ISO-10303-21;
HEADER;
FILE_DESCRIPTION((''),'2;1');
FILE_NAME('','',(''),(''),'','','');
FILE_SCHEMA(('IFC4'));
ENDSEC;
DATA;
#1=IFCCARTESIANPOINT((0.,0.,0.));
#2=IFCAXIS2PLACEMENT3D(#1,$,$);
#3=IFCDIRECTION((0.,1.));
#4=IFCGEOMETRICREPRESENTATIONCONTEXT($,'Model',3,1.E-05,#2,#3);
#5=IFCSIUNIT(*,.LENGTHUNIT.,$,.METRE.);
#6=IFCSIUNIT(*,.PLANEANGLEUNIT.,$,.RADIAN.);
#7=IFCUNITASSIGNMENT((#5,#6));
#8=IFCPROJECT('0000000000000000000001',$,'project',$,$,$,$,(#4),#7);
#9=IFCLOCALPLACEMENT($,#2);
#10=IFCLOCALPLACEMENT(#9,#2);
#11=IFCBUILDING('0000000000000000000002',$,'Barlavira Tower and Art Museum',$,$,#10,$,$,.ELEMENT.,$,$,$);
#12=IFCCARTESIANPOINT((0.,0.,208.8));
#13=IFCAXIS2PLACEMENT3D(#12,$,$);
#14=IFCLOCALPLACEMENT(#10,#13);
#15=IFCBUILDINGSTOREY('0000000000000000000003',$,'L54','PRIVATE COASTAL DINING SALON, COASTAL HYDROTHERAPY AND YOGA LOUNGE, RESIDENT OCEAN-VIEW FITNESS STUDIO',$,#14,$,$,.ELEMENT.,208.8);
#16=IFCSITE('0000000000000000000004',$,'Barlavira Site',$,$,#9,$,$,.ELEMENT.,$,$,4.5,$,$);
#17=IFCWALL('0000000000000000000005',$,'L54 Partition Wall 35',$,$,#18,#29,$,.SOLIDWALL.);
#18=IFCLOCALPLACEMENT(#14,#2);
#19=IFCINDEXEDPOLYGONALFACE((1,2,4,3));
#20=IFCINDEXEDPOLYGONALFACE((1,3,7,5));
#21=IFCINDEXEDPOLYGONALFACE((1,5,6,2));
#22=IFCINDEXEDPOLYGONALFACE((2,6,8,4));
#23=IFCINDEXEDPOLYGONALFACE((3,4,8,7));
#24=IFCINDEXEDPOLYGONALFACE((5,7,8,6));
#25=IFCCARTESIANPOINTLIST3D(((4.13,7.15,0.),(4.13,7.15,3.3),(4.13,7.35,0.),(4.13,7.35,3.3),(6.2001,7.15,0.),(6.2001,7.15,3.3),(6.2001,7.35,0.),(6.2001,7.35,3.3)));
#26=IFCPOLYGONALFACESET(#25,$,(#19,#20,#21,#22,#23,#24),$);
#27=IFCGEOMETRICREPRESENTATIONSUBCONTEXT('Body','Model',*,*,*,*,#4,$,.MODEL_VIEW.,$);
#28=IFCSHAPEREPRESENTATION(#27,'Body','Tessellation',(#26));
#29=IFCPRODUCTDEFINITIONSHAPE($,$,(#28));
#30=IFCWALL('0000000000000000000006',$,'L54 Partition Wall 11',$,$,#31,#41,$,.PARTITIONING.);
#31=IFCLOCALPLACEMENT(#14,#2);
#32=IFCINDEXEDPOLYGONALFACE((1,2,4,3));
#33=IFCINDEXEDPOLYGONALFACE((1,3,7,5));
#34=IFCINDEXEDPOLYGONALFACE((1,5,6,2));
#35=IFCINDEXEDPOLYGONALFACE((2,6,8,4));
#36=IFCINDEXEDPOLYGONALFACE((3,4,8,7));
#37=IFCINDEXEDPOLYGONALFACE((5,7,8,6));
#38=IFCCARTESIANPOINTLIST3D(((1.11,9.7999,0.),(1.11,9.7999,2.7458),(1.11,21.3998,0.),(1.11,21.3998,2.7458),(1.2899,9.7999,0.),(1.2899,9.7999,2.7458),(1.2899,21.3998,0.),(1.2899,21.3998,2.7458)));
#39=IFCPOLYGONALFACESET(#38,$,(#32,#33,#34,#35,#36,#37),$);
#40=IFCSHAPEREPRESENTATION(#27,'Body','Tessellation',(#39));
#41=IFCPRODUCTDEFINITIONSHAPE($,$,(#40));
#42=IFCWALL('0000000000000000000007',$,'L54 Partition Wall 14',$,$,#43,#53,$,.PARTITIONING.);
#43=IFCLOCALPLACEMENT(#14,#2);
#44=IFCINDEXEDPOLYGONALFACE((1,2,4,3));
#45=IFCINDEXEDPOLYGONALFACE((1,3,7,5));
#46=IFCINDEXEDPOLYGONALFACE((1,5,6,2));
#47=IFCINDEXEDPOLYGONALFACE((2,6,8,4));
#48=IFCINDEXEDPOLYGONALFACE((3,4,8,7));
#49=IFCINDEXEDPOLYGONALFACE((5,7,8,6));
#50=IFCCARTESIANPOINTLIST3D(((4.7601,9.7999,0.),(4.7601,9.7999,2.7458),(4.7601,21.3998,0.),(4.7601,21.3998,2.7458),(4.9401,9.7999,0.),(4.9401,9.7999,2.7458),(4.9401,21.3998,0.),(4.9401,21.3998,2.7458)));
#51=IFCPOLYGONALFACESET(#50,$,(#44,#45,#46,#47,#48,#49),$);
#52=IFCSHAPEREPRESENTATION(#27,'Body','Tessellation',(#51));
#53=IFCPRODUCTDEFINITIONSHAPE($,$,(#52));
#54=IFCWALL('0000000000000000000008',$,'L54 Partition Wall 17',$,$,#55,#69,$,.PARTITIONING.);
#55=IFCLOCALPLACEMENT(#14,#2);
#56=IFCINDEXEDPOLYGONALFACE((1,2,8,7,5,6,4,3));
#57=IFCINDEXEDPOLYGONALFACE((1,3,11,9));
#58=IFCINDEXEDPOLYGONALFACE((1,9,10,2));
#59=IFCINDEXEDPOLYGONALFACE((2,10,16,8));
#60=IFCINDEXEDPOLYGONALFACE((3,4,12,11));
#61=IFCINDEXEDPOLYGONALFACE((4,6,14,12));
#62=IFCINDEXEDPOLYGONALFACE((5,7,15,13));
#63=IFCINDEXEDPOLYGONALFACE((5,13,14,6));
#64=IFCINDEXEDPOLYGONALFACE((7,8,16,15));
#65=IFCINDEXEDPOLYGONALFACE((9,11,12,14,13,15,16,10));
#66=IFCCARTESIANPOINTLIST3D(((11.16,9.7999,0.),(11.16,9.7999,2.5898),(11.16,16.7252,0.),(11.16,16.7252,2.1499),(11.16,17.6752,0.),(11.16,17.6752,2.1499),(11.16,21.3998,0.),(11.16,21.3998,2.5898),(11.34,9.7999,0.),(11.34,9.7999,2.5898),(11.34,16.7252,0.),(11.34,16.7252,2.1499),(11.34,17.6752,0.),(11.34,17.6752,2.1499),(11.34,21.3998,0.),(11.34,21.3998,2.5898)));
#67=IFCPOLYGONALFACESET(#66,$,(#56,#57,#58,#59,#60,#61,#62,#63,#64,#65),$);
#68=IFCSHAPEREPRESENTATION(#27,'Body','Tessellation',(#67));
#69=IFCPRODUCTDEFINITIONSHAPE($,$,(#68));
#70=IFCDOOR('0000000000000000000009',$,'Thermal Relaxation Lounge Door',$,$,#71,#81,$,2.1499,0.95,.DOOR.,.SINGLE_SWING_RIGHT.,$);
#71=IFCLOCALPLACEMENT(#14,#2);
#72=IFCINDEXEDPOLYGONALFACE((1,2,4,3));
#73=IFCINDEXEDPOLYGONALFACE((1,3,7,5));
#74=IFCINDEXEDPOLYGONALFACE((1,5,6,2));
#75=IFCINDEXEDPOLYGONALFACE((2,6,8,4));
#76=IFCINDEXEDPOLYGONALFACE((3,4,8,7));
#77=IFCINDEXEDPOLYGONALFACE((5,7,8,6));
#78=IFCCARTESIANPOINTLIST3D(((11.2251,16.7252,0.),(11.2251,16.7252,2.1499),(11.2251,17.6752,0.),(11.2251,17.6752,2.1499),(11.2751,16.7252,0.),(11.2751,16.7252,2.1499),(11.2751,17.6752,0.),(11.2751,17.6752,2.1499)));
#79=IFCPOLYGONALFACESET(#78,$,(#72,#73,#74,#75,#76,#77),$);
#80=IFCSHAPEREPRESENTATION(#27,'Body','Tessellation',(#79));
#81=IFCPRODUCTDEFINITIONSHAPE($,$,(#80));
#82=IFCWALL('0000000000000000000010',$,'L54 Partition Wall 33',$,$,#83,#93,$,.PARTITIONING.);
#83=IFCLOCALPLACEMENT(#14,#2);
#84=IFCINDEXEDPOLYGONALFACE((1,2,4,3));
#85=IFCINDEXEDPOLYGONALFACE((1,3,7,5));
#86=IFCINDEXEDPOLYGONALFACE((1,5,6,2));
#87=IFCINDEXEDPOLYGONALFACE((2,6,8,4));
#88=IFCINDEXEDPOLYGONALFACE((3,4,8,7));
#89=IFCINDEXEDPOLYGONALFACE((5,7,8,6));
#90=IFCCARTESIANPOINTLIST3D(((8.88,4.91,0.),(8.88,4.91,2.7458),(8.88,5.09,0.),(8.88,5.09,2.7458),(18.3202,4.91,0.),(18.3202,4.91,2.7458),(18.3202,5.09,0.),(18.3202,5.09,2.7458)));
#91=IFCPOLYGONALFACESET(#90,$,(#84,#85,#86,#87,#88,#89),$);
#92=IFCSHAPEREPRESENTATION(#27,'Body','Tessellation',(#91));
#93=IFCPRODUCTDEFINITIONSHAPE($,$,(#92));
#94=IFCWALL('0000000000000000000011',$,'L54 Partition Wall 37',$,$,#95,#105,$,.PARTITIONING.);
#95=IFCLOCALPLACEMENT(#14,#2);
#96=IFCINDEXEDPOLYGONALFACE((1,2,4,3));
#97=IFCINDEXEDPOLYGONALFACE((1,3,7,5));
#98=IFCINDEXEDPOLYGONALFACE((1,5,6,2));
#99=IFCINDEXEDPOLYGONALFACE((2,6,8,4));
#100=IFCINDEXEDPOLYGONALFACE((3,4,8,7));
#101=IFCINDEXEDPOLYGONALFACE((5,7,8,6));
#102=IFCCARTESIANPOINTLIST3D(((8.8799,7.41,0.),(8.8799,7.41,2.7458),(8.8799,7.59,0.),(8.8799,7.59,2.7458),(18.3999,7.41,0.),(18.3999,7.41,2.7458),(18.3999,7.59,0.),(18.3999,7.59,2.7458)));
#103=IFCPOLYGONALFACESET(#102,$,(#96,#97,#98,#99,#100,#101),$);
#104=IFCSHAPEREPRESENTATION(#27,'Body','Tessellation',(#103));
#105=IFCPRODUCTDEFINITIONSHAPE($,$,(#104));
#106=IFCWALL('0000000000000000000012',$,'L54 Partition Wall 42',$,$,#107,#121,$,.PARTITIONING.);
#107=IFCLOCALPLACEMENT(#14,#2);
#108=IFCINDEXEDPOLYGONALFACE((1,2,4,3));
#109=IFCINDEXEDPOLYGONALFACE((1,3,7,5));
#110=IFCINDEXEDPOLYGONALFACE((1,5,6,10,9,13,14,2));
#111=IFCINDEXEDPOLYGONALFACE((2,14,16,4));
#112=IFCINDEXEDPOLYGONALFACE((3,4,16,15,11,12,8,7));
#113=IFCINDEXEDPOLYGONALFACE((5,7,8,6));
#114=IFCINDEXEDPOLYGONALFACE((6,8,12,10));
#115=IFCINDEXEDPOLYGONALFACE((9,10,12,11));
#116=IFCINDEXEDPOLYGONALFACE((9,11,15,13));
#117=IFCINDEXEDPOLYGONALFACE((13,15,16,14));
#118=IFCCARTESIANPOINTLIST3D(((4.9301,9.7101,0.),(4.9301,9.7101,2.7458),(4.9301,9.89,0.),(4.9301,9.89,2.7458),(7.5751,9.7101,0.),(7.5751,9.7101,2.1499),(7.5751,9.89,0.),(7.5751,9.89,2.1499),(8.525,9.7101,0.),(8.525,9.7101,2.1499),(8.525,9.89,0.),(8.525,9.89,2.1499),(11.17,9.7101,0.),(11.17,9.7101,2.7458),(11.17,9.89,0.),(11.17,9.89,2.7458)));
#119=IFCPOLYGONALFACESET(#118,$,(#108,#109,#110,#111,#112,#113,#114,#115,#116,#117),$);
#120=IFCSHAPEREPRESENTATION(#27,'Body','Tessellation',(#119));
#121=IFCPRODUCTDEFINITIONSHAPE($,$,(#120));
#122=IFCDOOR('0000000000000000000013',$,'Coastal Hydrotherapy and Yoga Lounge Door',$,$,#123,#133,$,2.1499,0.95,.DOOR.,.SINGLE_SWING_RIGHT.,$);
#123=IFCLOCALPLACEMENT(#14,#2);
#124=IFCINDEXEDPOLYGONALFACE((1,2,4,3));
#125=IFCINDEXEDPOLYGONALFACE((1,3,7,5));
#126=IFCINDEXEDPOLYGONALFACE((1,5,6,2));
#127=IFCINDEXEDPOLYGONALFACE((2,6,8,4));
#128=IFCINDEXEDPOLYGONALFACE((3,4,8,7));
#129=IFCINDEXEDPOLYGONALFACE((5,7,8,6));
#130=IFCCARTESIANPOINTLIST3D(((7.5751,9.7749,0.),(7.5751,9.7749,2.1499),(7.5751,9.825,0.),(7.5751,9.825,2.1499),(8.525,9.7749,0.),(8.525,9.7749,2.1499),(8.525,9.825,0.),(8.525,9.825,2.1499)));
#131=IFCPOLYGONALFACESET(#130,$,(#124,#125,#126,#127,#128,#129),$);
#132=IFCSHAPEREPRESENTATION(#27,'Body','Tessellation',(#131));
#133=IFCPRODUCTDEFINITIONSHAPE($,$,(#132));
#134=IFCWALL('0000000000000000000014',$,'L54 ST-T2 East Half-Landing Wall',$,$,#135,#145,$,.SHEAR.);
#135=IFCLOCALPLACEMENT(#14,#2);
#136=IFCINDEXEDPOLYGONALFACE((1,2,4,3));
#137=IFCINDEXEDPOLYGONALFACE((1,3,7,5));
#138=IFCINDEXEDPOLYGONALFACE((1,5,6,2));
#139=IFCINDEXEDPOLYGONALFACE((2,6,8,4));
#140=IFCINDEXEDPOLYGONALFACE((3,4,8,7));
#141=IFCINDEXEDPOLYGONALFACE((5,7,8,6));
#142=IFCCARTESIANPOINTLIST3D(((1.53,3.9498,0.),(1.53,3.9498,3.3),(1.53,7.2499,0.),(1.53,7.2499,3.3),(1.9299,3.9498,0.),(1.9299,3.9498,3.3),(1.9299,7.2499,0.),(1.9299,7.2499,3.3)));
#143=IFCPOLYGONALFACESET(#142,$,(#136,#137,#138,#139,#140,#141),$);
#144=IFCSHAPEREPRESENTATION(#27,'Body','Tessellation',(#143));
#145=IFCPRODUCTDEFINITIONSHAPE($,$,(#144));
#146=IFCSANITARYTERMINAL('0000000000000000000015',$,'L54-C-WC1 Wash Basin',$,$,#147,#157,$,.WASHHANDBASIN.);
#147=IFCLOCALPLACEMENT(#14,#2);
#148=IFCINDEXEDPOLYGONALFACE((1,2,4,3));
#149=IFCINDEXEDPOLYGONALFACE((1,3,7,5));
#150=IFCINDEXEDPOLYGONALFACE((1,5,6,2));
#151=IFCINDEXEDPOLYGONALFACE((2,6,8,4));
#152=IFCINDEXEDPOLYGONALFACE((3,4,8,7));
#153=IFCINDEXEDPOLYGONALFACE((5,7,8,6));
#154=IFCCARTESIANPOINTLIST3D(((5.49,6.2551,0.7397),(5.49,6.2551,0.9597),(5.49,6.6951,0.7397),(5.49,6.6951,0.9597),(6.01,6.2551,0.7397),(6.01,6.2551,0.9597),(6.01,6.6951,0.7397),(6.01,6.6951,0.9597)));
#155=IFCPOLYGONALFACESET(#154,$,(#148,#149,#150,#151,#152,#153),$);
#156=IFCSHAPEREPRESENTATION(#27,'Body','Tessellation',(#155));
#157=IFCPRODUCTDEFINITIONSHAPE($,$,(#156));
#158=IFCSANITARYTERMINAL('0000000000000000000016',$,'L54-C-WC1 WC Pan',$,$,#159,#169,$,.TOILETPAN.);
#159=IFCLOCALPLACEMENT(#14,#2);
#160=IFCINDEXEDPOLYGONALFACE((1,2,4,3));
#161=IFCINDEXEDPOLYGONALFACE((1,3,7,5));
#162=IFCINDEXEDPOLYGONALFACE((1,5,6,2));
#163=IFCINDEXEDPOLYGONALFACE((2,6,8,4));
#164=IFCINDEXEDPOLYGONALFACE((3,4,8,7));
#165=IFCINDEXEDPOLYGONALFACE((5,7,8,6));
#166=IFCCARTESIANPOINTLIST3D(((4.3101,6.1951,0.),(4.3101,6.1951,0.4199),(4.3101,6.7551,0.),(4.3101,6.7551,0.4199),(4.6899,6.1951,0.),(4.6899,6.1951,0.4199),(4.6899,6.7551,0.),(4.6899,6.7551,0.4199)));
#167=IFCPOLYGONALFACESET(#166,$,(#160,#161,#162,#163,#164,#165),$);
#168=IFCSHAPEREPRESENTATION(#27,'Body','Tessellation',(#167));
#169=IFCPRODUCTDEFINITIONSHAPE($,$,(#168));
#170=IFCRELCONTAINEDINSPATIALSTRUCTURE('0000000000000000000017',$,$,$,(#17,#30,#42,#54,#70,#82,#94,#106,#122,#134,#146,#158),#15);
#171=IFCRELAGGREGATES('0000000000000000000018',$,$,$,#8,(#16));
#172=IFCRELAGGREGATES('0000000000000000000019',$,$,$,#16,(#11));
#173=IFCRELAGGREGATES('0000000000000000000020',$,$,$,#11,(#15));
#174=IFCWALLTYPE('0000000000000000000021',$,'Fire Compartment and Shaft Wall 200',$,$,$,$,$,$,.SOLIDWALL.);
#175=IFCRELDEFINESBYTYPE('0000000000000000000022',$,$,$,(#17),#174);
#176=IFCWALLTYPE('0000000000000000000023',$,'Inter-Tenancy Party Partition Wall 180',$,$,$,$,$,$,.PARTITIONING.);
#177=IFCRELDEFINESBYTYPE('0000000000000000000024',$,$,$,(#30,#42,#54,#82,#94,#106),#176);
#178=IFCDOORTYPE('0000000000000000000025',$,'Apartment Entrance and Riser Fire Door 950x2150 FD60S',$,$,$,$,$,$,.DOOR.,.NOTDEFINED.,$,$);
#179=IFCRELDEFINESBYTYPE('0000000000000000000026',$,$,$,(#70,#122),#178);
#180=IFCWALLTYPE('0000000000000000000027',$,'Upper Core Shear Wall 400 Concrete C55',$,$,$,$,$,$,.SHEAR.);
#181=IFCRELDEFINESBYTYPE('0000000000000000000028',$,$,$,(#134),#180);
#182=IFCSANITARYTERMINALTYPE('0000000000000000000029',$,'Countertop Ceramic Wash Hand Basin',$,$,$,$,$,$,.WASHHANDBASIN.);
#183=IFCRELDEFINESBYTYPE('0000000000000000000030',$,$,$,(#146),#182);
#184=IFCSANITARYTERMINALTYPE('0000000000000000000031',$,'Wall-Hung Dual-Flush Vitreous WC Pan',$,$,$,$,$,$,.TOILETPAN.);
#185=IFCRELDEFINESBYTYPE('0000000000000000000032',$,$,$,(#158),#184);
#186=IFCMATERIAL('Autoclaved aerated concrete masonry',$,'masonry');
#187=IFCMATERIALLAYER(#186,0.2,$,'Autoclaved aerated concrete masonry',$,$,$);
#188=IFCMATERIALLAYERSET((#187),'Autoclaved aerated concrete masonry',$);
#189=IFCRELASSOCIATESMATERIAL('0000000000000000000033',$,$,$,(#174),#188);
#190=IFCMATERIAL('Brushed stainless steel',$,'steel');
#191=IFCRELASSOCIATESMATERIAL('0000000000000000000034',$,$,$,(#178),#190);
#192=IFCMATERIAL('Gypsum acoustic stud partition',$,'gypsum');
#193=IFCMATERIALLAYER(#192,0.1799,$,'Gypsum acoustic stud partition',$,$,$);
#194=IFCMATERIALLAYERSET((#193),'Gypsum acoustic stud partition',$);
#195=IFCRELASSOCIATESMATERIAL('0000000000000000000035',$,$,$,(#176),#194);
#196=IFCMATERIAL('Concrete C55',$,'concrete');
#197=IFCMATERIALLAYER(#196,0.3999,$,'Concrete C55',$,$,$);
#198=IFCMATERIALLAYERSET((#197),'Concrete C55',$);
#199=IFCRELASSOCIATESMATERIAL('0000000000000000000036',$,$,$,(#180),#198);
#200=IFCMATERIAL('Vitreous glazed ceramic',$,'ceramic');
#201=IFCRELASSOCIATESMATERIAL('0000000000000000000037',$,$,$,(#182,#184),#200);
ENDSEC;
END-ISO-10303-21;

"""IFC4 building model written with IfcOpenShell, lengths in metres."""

from ifc_helpers import new_model, si_unit, direction, frame, frame_2d, origin, origin_2d, place, context, subcontext, project, spatial, rectangle, extrude, material, layer, layer_set, type_object, element, fill, save


model = new_model("IFC4")

# Units and contexts
model_context = context("Model", 3, precision=1e-05, world=origin(), true_north=direction((0.0, 1.0)))
body_context = subcontext(model_context, "Body", "Model", "MODEL_VIEW")
ifc_project = project(units=[si_unit("LENGTHUNIT", "METRE"), si_unit("PLANEANGLEUNIT", "RADIAN")], contexts=[model_context])

# Site, building, storey
site_placement = place(None, origin())
site = spatial("IfcSite", under=ifc_project, at=site_placement, Name="Barlavira Site", CompositionType="ELEMENT", RefElevation=4.5)
building_placement = place(site_placement, origin())
building = spatial("IfcBuilding", under=site, at=building_placement, Name="Barlavira Tower and Art Museum", CompositionType="ELEMENT")
storey_placement = place(building_placement, frame((0.0, 0.0, 208.8)))
storey = spatial("IfcBuildingStorey", under=building, at=storey_placement, Name="L54", Description="PRIVATE COASTAL DINING SALON, COASTAL HYDROTHERAPY AND YOGA LOUNGE, RESIDENT OCEAN-VIEW FITNESS STUDIO", CompositionType="ELEMENT", Elevation=208.8)

# Shared definitions
ifc_material_1 = material(Name="Autoclaved aerated concrete masonry", Category="masonry")
ifc_layer_1 = layer(ifc_material_1, 0.2, Name="Autoclaved aerated concrete masonry")
ifc_layer_set_1 = layer_set([ifc_layer_1], Name="Autoclaved aerated concrete masonry")
wall_type_1 = type_object("IfcWallType", Name="Fire Compartment and Shaft Wall 200", PredefinedType="SOLIDWALL", material=ifc_layer_set_1)

# Shared definitions
ifc_material_2 = material(Name="Brushed stainless steel", Category="steel")
door_type = type_object("IfcDoorType", Name="Apartment Entrance and Riser Fire Door 950x2150 FD60S", OperationType="NOTDEFINED", PredefinedType="DOOR", material=ifc_material_2)

# Walls
for number, where, z_axis, x_axis, name in (
    (1, (4.1299, 7.25, 0.0), (0.0, 0.0, 1.0), (1.0, 0.0, 0.0), "L54 Partition Wall 35"),
):
    element("IfcWall", number, at=place(storey_placement, frame(where, z_axis=z_axis, x_axis=x_axis)), inside=storey, type_object=wall_type_1, Name=name, PredefinedType="SOLIDWALL", context=body_context, shape_type="SweptSolid", body=[
        extrude(rectangle(XDim=2.0701, YDim=0.2, at=frame_2d((1.0352, 0.0))), origin(), (0.0, 0.0, 1.0), 3.3),
    ])
ifc_material_3 = material(Name="Gypsum acoustic stud partition", Category="gypsum")
ifc_layer_2 = layer(ifc_material_3, 0.1799, Name="Gypsum acoustic stud partition")
ifc_layer_set_2 = layer_set([ifc_layer_2], Name="Gypsum acoustic stud partition")
wall_type_2 = type_object("IfcWallType", Name="Inter-Tenancy Party Partition Wall 180", PredefinedType="PARTITIONING", material=ifc_layer_set_2)
for number, where, z_axis, x_axis, name in (
    (2, (1.2, 9.8, 0.0), (0.0, 0.0, 1.0), (0.0, 1.0, 0.0), "L54 Partition Wall 11"),
    (3, (4.8501, 9.8, 0.0), (0.0, 0.0, 1.0), (0.0, 1.0, 0.0), "L54 Partition Wall 14"),
):
    element("IfcWall", number, at=place(storey_placement, frame(where, z_axis=z_axis, x_axis=x_axis)), inside=storey, type_object=wall_type_2, Name=name, PredefinedType="PARTITIONING", context=body_context, shape_type="SweptSolid", body=[
        extrude(rectangle(XDim=11.5999, YDim=0.1799, at=frame_2d((5.7998, 0.0))), origin(), (0.0, 0.0, 1.0), 2.7458),
    ])

# Wall, opening, door
wall_1_placement = place(storey_placement, frame((11.25, 9.8, 0.0), z_axis=(0.0, 0.0, 1.0), x_axis=(0.0, 1.0, 0.0)))
wall_1 = element("IfcWall", 4, at=wall_1_placement, inside=storey, type_object=wall_type_2, Name="L54 Partition Wall 17", PredefinedType="PARTITIONING", context=body_context, shape_type="SweptSolid", body=[
    extrude(rectangle(XDim=11.5999, YDim=0.1799, at=frame_2d((5.7998, 0.0))), origin(), (0.0, 0.0, 1.0), 2.5898),
])
opening_1_placement = place(wall_1_placement, frame((6.925, 0.0, 0.0)))
opening_1 = element("IfcOpeningElement", 5, at=opening_1_placement, cuts=wall_1, PredefinedType="OPENING", context=body_context, shape_type="SweptSolid", body=[
    extrude(rectangle(XDim=0.95, YDim=2.1499, at=frame_2d((0.4751, 1.075))), frame((0.0, 0.1001, 0.0), z_axis=(0.0, -1.0, 0.0), x_axis=(1.0, 0.0, 0.0)), (0.0, 0.0, 1.0), 0.2),
])
door_1_placement = place(opening_1_placement, origin())
door_1 = element("IfcDoor", 6, at=door_1_placement, inside=storey, type_object=door_type, Name="Thermal Relaxation Lounge Door", OperationType="SINGLE_SWING_RIGHT", OverallHeight=2.1499, OverallWidth=0.95, PredefinedType="DOOR", context=body_context, shape_type="SweptSolid", body=[
    extrude(rectangle(XDim=0.95, YDim=2.1499, at=frame_2d((0.4751, 1.075))), frame((0.0, 0.0249, 0.0), z_axis=(0.0, -1.0, 0.0), x_axis=(1.0, 0.0, 0.0)), (0.0, 0.0, 1.0), 0.05),
])
fill(opening_1, door_1)

# Walls
wall_2_placement = place(storey_placement, frame((8.8799, 5.0, 0.0), z_axis=(0.0, 0.0, 1.0), x_axis=(1.0, 0.0, 0.0)))
element("IfcWall", 7, at=wall_2_placement, inside=storey, type_object=wall_type_2, Name="L54 Partition Wall 33", PredefinedType="PARTITIONING", context=body_context, shape_type="SweptSolid", body=[
    extrude(rectangle(XDim=9.4402, YDim=0.1799, at=frame_2d((4.7202, 0.0))), origin(), (0.0, 0.0, 1.0), 2.7458),
])
wall_3_placement = place(storey_placement, frame((8.8799, 7.5, 0.0), z_axis=(0.0, 0.0, 1.0), x_axis=(1.0, 0.0, 0.0)))
element("IfcWall", 8, at=wall_3_placement, inside=storey, type_object=wall_type_2, Name="L54 Partition Wall 37", PredefinedType="PARTITIONING", context=body_context, shape_type="SweptSolid", body=[
    extrude(rectangle(XDim=9.52, YDim=0.1799, at=frame_2d((4.76, 0.0))), origin(), (0.0, 0.0, 1.0), 2.7458),
])

# Wall, opening, door
wall_4_placement = place(storey_placement, frame((4.9299, 9.8, 0.0), z_axis=(0.0, 0.0, 1.0), x_axis=(1.0, 0.0, 0.0)))
wall_4 = element("IfcWall", 9, at=wall_4_placement, inside=storey, type_object=wall_type_2, Name="L54 Partition Wall 42", PredefinedType="PARTITIONING", context=body_context, shape_type="SweptSolid", body=[
    extrude(rectangle(XDim=6.24, YDim=0.1799, at=frame_2d((3.1201, 0.0))), origin(), (0.0, 0.0, 1.0), 2.7458),
])
opening_2_placement = place(wall_4_placement, frame((2.645, 0.0, 0.0)))
opening_2 = element("IfcOpeningElement", 10, at=opening_2_placement, cuts=wall_4, PredefinedType="OPENING", context=body_context, shape_type="SweptSolid", body=[
    extrude(rectangle(XDim=0.95, YDim=2.1499, at=frame_2d((0.4751, 1.075))), frame((0.0, 0.1001, 0.0), z_axis=(0.0, -1.0, 0.0), x_axis=(1.0, 0.0, 0.0)), (0.0, 0.0, 1.0), 0.2),
])
door_2_placement = place(opening_2_placement, origin())
door_2 = element("IfcDoor", 11, at=door_2_placement, inside=storey, type_object=door_type, Name="Coastal Hydrotherapy and Yoga Lounge Door", OperationType="SINGLE_SWING_RIGHT", OverallHeight=2.1499, OverallWidth=0.95, PredefinedType="DOOR", context=body_context, shape_type="SweptSolid", body=[
    extrude(rectangle(XDim=0.95, YDim=2.1499, at=frame_2d((0.4751, 1.075))), frame((0.0, 0.0249, 0.0), z_axis=(0.0, -1.0, 0.0), x_axis=(1.0, 0.0, 0.0)), (0.0, 0.0, 1.0), 0.05),
])
fill(opening_2, door_2)

# Wall
ifc_material_4 = material(Name="Concrete C55", Category="concrete")
ifc_layer_3 = layer(ifc_material_4, 0.3999, Name="Concrete C55")
ifc_layer_set_3 = layer_set([ifc_layer_3], Name="Concrete C55")
wall_type_3 = type_object("IfcWallType", Name="Upper Core Shear Wall 400 Concrete C55", PredefinedType="SHEAR", material=ifc_layer_set_3)
wall_5_placement = place(storey_placement, frame((1.73, 3.95, 0.0), z_axis=(0.0, 0.0, 1.0), x_axis=(0.0, 1.0, 0.0)))
element("IfcWall", 12, at=wall_5_placement, inside=storey, type_object=wall_type_3, Name="L54 ST-T2 East Half-Landing Wall", PredefinedType="SHEAR", context=body_context, shape_type="SweptSolid", body=[
    extrude(rectangle(XDim=3.3, YDim=0.3999, at=frame_2d((1.6499, 0.0))), origin(), (0.0, 0.0, 1.0), 3.3),
])

# Sanitary terminals
ifc_material_5 = material(Name="Vitreous glazed ceramic", Category="ceramic")
sanitary_terminal_type_1 = type_object("IfcSanitaryTerminalType", Name="Countertop Ceramic Wash Hand Basin", PredefinedType="WASHHANDBASIN", material=ifc_material_5)
sanitary_terminal_1_placement = place(storey_placement, frame((5.75, 6.4751, 0.7397), z_axis=(0.0, 0.0, 1.0), x_axis=(1.0, 0.0, 0.0)))
element("IfcSanitaryTerminal", 13, at=sanitary_terminal_1_placement, inside=storey, type_object=sanitary_terminal_type_1, Name="L54-C-WC1 Wash Basin", PredefinedType="WASHHANDBASIN", context=body_context, shape_type="SweptSolid", body=[
    extrude(rectangle(XDim=0.52, YDim=0.4399, at=origin_2d()), origin(), (0.0, 0.0, 1.0), 0.22),
])
sanitary_terminal_type_2 = type_object("IfcSanitaryTerminalType", Name="Wall-Hung Dual-Flush Vitreous WC Pan", PredefinedType="TOILETPAN", material=ifc_material_5)
sanitary_terminal_2_placement = place(storey_placement, frame((4.5, 6.4751, 0.0), z_axis=(0.0, 0.0, 1.0), x_axis=(1.0, 0.0, 0.0)))
element("IfcSanitaryTerminal", 14, at=sanitary_terminal_2_placement, inside=storey, type_object=sanitary_terminal_type_2, Name="L54-C-WC1 WC Pan", PredefinedType="TOILETPAN", context=body_context, shape_type="SweptSolid", body=[
    extrude(rectangle(XDim=0.3799, YDim=0.5601, at=origin_2d()), origin(), (0.0, 0.0, 1.0), 0.4199),
])

save(model, "model.ifc")
